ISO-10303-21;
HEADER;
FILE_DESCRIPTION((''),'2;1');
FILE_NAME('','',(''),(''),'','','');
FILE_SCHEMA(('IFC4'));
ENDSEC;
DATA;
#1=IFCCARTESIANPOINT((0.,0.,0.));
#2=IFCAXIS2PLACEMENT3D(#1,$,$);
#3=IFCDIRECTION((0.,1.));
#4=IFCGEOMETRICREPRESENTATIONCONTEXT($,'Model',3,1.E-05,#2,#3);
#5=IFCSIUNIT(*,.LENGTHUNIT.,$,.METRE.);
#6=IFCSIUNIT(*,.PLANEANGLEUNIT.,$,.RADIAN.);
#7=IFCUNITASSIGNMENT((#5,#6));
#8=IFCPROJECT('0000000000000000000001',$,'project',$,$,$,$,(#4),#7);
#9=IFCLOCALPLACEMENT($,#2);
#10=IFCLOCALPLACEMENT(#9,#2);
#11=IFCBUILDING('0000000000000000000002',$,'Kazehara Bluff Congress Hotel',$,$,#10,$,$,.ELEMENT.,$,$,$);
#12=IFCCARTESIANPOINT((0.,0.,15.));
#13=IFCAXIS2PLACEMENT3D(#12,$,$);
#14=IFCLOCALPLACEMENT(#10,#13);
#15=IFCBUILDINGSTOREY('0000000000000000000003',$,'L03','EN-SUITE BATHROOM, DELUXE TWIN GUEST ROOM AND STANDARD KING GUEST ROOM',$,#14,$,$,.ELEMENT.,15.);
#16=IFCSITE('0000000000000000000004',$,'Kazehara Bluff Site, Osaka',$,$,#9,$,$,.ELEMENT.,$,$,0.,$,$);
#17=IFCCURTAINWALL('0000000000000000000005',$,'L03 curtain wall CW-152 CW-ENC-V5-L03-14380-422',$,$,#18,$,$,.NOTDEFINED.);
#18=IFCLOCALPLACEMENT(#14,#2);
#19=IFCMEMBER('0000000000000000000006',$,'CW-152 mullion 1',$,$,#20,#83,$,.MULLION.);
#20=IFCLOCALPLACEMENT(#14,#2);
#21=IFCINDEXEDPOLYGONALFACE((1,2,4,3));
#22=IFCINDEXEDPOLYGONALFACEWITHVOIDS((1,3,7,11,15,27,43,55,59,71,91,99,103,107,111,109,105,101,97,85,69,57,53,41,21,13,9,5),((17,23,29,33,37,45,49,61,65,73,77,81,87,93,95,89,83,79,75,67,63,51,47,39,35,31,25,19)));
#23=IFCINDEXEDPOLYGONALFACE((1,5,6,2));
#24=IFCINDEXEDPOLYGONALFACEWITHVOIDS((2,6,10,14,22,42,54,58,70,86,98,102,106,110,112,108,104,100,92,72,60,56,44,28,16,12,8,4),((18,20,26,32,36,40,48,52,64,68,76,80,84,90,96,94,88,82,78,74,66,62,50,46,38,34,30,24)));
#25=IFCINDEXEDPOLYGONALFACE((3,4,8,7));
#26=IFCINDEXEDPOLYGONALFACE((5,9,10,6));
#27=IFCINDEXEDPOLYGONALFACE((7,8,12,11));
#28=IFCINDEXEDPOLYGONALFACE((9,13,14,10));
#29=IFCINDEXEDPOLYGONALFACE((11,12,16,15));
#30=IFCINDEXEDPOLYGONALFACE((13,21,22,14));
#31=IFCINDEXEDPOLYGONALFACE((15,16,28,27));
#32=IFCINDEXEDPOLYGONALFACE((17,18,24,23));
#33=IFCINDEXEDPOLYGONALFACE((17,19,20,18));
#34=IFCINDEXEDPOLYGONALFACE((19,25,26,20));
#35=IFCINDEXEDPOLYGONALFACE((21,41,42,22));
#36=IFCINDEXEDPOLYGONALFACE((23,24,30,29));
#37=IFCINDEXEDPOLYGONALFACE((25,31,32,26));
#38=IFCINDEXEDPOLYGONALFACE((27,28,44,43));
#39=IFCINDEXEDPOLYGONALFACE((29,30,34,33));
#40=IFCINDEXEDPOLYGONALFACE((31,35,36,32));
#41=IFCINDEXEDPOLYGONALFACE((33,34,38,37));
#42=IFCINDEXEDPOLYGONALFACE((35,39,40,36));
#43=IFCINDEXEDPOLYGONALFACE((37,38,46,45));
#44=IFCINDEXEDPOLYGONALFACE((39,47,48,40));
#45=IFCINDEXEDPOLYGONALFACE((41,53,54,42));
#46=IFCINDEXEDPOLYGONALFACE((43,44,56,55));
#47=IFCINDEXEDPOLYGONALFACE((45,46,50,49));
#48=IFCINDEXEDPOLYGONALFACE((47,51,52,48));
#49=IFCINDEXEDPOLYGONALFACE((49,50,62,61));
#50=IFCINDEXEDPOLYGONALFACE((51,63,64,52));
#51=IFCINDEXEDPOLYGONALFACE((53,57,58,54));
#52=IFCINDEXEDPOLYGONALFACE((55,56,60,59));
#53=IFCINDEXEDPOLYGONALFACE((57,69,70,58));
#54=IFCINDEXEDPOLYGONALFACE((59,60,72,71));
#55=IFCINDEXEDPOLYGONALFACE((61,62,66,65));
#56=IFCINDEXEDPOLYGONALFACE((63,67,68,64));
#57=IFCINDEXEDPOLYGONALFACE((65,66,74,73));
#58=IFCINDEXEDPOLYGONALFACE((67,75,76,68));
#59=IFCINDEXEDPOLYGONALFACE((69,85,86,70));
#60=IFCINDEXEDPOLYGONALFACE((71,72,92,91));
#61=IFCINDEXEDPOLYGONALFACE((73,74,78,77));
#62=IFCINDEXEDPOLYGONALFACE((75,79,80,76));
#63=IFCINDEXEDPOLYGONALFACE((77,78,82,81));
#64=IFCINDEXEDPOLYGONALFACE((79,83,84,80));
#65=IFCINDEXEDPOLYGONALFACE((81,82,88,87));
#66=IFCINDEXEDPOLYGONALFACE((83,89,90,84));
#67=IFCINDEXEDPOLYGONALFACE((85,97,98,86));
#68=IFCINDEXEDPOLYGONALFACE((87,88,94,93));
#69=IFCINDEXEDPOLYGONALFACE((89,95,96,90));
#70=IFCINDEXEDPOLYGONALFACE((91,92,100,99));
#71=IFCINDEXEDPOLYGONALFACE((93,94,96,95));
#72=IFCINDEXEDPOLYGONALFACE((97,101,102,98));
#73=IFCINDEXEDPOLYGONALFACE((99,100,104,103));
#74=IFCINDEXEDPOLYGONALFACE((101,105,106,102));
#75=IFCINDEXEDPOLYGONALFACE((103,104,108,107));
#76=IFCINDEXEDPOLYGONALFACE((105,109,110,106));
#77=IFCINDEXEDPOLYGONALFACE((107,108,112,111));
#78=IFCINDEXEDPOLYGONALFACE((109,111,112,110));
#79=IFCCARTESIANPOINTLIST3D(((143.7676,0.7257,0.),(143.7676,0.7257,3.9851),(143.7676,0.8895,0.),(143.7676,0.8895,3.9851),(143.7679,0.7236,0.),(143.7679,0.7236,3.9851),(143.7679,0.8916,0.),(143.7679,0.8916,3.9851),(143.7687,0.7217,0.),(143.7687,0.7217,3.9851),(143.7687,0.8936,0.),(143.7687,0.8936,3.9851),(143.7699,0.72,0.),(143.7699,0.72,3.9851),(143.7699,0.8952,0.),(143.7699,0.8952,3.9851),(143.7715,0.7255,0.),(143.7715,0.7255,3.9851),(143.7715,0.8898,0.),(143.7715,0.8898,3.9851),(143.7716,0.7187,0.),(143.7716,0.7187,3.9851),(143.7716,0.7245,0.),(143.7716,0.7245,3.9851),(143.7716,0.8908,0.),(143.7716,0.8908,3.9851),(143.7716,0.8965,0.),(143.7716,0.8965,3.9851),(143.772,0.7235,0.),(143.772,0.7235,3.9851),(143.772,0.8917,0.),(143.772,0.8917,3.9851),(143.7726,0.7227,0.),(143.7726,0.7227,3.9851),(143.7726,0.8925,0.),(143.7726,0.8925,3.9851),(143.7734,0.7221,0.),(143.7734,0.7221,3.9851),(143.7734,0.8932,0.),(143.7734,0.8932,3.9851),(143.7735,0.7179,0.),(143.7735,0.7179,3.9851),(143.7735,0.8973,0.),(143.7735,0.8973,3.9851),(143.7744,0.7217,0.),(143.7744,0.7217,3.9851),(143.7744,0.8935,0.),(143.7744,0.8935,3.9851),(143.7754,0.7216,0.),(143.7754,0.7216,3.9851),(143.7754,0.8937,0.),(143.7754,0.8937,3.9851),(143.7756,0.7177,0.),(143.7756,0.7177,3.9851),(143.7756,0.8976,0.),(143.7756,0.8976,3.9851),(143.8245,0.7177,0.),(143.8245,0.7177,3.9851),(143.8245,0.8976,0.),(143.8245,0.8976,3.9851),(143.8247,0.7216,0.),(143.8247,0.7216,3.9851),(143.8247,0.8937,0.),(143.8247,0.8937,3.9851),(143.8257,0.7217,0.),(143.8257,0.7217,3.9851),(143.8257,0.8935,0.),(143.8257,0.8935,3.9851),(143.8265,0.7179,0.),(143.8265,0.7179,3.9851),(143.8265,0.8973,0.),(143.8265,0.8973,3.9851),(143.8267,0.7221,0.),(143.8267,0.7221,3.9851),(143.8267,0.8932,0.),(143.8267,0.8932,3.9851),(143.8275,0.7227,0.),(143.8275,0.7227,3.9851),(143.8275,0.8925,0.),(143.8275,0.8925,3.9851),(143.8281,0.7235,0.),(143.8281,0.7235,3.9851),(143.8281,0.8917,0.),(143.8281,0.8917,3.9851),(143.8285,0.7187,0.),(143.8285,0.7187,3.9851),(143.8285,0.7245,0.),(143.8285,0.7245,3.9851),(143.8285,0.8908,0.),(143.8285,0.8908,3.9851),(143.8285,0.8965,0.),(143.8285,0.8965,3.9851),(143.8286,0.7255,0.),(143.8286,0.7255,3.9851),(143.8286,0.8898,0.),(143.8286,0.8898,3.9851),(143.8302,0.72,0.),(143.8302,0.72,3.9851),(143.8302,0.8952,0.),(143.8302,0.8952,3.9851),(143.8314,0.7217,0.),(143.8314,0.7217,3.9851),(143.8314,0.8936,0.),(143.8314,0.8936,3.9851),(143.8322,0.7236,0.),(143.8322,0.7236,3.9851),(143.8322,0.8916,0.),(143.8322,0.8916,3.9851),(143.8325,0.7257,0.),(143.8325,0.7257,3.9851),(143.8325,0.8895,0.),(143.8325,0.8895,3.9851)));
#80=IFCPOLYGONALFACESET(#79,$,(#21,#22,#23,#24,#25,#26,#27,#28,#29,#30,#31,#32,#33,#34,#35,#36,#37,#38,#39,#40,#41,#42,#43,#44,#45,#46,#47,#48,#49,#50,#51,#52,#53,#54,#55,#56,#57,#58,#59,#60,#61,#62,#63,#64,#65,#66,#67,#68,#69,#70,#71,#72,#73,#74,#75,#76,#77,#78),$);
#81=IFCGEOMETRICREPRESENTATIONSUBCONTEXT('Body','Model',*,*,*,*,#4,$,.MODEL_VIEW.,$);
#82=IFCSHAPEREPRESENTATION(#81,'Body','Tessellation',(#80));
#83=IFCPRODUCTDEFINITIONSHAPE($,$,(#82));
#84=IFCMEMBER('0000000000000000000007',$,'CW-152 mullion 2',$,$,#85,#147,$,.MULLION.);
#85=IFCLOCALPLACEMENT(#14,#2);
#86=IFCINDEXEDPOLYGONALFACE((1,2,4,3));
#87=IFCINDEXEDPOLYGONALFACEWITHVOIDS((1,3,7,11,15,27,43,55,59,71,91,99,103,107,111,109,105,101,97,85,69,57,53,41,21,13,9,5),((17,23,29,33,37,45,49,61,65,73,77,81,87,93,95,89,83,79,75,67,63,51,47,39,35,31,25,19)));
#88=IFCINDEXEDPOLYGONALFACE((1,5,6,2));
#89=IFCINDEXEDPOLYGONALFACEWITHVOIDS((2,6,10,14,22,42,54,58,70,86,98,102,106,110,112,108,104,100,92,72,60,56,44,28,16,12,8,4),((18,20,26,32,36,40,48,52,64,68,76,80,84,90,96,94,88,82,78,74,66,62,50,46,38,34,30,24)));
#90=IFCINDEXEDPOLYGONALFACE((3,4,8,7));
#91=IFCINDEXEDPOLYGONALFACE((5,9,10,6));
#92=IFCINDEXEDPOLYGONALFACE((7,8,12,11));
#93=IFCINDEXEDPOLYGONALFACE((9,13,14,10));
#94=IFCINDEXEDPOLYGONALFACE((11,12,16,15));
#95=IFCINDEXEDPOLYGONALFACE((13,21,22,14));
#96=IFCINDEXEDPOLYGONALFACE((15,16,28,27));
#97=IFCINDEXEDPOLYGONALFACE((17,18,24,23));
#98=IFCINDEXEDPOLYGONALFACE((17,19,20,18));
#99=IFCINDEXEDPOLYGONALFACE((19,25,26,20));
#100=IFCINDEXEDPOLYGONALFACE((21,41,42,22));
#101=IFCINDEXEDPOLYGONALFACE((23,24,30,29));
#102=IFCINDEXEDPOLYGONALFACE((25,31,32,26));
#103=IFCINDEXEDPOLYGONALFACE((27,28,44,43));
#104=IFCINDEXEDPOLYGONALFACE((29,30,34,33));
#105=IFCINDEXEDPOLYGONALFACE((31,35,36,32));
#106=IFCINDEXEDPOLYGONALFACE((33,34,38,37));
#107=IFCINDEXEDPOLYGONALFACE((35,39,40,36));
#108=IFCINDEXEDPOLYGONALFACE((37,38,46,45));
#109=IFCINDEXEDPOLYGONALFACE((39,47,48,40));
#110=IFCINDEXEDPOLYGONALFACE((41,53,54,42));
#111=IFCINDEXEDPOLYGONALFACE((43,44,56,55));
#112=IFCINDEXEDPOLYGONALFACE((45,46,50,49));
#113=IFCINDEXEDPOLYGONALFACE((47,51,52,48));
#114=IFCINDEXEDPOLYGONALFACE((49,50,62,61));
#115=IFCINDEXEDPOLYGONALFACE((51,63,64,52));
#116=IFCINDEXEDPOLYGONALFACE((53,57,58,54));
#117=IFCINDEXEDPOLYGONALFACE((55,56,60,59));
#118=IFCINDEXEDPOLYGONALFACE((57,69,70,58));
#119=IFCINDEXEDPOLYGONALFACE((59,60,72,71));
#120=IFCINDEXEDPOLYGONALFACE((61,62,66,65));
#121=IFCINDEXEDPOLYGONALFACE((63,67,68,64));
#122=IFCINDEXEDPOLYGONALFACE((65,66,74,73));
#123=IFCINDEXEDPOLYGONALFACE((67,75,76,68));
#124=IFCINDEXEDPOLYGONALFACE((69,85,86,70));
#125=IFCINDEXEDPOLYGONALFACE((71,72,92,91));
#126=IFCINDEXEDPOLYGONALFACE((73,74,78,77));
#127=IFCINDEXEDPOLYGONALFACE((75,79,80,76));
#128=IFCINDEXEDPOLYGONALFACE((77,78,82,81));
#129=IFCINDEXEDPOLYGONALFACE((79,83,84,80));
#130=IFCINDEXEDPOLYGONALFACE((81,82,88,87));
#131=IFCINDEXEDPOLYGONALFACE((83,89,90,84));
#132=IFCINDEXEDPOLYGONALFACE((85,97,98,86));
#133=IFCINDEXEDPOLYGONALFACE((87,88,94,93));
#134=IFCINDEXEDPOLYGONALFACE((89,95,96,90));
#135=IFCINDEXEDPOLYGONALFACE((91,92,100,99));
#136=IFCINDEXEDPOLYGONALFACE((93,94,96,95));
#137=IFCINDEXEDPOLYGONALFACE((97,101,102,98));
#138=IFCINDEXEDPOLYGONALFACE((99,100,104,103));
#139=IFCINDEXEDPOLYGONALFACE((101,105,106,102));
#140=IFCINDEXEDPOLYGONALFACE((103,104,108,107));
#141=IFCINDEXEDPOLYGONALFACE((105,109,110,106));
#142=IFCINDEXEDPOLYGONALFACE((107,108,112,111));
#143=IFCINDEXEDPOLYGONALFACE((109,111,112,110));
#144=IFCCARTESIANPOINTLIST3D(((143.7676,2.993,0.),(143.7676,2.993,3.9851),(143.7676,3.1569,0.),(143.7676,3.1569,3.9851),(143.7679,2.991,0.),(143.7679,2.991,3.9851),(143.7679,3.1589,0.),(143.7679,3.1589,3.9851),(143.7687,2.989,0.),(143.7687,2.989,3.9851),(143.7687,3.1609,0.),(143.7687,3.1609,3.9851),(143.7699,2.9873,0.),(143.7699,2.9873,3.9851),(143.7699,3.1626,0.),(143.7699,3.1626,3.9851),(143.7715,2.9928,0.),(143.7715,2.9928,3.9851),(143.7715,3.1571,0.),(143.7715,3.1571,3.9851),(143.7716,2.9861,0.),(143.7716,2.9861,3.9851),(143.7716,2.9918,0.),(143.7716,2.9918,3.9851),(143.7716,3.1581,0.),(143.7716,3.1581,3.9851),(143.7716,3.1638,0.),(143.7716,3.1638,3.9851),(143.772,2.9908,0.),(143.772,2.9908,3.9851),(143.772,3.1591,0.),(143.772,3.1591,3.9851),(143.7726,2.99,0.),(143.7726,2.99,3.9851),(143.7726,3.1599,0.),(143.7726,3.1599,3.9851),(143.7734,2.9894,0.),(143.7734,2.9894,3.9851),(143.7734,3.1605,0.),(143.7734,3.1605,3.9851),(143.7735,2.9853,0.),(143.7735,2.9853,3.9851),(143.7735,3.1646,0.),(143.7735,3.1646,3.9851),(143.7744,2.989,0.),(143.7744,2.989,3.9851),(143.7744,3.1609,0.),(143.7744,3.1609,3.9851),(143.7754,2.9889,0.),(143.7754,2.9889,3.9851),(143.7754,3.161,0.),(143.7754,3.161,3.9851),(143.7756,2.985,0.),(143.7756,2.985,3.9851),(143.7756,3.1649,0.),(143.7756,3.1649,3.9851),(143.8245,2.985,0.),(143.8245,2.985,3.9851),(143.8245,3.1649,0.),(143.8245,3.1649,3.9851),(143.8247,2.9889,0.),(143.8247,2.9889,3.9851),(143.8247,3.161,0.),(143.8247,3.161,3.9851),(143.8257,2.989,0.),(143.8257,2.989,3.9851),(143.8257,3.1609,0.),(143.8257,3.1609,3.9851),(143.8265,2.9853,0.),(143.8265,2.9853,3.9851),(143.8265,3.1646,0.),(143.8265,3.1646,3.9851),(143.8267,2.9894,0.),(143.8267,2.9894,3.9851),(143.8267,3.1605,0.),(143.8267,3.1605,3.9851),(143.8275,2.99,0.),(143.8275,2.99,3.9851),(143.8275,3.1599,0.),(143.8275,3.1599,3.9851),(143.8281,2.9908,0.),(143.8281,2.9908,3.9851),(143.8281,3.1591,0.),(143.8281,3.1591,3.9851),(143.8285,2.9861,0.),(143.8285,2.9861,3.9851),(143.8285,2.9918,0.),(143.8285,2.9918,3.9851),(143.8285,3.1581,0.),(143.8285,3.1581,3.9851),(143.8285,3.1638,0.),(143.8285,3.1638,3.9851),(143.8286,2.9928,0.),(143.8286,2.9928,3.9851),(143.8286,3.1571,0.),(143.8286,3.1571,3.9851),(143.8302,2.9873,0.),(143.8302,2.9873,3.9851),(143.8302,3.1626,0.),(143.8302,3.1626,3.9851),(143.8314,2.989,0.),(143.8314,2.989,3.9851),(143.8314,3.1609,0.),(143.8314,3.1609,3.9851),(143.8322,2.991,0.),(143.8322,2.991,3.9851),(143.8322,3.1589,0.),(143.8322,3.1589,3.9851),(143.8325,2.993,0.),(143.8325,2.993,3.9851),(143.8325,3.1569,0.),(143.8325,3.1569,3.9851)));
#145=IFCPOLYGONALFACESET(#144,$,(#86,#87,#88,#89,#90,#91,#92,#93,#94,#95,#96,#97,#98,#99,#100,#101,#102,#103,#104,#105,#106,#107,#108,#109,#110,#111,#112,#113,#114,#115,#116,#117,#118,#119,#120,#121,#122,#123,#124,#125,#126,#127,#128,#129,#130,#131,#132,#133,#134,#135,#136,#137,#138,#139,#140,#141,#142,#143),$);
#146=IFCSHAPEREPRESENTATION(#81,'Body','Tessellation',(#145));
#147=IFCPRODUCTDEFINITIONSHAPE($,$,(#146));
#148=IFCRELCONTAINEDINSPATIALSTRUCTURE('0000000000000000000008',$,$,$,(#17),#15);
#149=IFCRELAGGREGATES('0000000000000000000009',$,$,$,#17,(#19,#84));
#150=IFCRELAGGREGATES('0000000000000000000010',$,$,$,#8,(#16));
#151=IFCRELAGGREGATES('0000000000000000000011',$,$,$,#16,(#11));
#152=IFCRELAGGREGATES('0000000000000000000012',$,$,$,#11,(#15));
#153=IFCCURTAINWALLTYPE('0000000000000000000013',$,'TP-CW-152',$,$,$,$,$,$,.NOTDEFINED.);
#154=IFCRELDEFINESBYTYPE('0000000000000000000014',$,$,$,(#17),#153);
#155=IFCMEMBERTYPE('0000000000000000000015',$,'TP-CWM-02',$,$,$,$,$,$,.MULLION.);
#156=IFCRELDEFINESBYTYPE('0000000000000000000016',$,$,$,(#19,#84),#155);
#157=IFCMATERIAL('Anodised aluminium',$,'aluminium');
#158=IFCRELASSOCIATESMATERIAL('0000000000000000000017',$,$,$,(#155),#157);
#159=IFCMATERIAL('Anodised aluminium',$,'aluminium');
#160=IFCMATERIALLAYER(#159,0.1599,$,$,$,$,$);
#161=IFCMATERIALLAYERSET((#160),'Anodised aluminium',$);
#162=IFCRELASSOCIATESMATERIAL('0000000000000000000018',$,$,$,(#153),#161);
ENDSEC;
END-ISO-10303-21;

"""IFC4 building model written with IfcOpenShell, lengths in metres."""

from ifc_helpers import new_model, si_unit, direction, frame, origin, origin_2d, place, context, subcontext, project, spatial, hollow_rectangle, extrude, material, layer, layer_set, material_profile, profile_set, type_object, element, aggregate, save


model = new_model("IFC4")

# Units and contexts
model_context = context("Model", 3, precision=1e-05, world=origin(), true_north=direction((0.0, 1.0)))
body_context = subcontext(model_context, "Body", "Model", "MODEL_VIEW")
ifc_project = project(units=[si_unit("LENGTHUNIT", "METRE"), si_unit("PLANEANGLEUNIT", "RADIAN")], contexts=[model_context])

# Site, building, storey
site_placement = place(None, origin())
site = spatial("IfcSite", under=ifc_project, at=site_placement, Name="Kazehara Bluff Site, Osaka", CompositionType="ELEMENT", RefElevation=0.0)
building_placement = place(site_placement, origin())
building = spatial("IfcBuilding", under=site, at=building_placement, Name="Kazehara Bluff Congress Hotel", CompositionType="ELEMENT")
storey_placement = place(building_placement, frame((0.0, 0.0, 15.0)))
storey = spatial("IfcBuildingStorey", under=building, at=storey_placement, Name="L03", Description="EN-SUITE BATHROOM, DELUXE TWIN GUEST ROOM AND STANDARD KING GUEST ROOM", CompositionType="ELEMENT", Elevation=15.0)

# Curtain wall, members
ifc_material_1 = material(Name="Anodised aluminium", Category="aluminium")
ifc_material_profile_1 = material_profile(ifc_material_1, hollow_rectangle(XDim=0.0649, YDim=0.1799, WallThickness=0.0039, InnerFilletRadius=0.0039, OuterFilletRadius=0.0081, at=origin_2d()))
ifc_profile_set_1 = profile_set([ifc_material_profile_1], Name="Anodised aluminium")
member_type_1 = type_object("IfcMemberType", Name="TP-CWM-02", PredefinedType="MULLION", material=ifc_profile_set_1)
ifc_material_2 = material(Name="Anodised aluminium", Category="aluminium")
ifc_layer_1 = layer(ifc_material_2, 0.1599)
ifc_layer_set_1 = layer_set([ifc_layer_1], Name="Anodised aluminium")
curtain_wall_type_1 = type_object("IfcCurtainWallType", Name="TP-CW-152", PredefinedType="NOTDEFINED", material=ifc_layer_set_1)
curtain_wall_1_placement = place(storey_placement, origin())
curtain_wall_1 = element("IfcCurtainWall", 1, at=curtain_wall_1_placement, inside=storey, type_object=curtain_wall_type_1, Name="L03 curtain wall CW-152 CW-ENC-V5-L03-14380-422", PredefinedType="NOTDEFINED")
member_1_placement = place(storey_placement, frame((143.8, 0.8076, 0.0), z_axis=(0.0, 0.0, 1.0), x_axis=(-1.0, 0.0, 0.0)))
member_1 = element("IfcMember", 2, at=member_1_placement, type_object=member_type_1, Name="CW-152 mullion 1", PredefinedType="MULLION", context=body_context, shape_type="SweptSolid", body=[
    extrude(hollow_rectangle(XDim=0.0649, YDim=0.1799, WallThickness=0.0039, InnerFilletRadius=0.0039, OuterFilletRadius=0.0081, at=origin_2d()), origin(), (0.0, 0.0, 1.0), 3.9851),
])
member_2_placement = place(storey_placement, frame((143.8, 3.075, 0.0), z_axis=(0.0, 0.0, 1.0), x_axis=(-1.0, 0.0, 0.0)))
member_2 = element("IfcMember", 3, at=member_2_placement, type_object=member_type_1, Name="CW-152 mullion 2", PredefinedType="MULLION", context=body_context, shape_type="SweptSolid", body=[
    extrude(hollow_rectangle(XDim=0.0649, YDim=0.1799, WallThickness=0.0039, InnerFilletRadius=0.0039, OuterFilletRadius=0.0081, at=origin_2d()), origin(), (0.0, 0.0, 1.0), 3.9851),
])

aggregate(curtain_wall_1, [member_1, member_2])

save(model, "model.ifc")
